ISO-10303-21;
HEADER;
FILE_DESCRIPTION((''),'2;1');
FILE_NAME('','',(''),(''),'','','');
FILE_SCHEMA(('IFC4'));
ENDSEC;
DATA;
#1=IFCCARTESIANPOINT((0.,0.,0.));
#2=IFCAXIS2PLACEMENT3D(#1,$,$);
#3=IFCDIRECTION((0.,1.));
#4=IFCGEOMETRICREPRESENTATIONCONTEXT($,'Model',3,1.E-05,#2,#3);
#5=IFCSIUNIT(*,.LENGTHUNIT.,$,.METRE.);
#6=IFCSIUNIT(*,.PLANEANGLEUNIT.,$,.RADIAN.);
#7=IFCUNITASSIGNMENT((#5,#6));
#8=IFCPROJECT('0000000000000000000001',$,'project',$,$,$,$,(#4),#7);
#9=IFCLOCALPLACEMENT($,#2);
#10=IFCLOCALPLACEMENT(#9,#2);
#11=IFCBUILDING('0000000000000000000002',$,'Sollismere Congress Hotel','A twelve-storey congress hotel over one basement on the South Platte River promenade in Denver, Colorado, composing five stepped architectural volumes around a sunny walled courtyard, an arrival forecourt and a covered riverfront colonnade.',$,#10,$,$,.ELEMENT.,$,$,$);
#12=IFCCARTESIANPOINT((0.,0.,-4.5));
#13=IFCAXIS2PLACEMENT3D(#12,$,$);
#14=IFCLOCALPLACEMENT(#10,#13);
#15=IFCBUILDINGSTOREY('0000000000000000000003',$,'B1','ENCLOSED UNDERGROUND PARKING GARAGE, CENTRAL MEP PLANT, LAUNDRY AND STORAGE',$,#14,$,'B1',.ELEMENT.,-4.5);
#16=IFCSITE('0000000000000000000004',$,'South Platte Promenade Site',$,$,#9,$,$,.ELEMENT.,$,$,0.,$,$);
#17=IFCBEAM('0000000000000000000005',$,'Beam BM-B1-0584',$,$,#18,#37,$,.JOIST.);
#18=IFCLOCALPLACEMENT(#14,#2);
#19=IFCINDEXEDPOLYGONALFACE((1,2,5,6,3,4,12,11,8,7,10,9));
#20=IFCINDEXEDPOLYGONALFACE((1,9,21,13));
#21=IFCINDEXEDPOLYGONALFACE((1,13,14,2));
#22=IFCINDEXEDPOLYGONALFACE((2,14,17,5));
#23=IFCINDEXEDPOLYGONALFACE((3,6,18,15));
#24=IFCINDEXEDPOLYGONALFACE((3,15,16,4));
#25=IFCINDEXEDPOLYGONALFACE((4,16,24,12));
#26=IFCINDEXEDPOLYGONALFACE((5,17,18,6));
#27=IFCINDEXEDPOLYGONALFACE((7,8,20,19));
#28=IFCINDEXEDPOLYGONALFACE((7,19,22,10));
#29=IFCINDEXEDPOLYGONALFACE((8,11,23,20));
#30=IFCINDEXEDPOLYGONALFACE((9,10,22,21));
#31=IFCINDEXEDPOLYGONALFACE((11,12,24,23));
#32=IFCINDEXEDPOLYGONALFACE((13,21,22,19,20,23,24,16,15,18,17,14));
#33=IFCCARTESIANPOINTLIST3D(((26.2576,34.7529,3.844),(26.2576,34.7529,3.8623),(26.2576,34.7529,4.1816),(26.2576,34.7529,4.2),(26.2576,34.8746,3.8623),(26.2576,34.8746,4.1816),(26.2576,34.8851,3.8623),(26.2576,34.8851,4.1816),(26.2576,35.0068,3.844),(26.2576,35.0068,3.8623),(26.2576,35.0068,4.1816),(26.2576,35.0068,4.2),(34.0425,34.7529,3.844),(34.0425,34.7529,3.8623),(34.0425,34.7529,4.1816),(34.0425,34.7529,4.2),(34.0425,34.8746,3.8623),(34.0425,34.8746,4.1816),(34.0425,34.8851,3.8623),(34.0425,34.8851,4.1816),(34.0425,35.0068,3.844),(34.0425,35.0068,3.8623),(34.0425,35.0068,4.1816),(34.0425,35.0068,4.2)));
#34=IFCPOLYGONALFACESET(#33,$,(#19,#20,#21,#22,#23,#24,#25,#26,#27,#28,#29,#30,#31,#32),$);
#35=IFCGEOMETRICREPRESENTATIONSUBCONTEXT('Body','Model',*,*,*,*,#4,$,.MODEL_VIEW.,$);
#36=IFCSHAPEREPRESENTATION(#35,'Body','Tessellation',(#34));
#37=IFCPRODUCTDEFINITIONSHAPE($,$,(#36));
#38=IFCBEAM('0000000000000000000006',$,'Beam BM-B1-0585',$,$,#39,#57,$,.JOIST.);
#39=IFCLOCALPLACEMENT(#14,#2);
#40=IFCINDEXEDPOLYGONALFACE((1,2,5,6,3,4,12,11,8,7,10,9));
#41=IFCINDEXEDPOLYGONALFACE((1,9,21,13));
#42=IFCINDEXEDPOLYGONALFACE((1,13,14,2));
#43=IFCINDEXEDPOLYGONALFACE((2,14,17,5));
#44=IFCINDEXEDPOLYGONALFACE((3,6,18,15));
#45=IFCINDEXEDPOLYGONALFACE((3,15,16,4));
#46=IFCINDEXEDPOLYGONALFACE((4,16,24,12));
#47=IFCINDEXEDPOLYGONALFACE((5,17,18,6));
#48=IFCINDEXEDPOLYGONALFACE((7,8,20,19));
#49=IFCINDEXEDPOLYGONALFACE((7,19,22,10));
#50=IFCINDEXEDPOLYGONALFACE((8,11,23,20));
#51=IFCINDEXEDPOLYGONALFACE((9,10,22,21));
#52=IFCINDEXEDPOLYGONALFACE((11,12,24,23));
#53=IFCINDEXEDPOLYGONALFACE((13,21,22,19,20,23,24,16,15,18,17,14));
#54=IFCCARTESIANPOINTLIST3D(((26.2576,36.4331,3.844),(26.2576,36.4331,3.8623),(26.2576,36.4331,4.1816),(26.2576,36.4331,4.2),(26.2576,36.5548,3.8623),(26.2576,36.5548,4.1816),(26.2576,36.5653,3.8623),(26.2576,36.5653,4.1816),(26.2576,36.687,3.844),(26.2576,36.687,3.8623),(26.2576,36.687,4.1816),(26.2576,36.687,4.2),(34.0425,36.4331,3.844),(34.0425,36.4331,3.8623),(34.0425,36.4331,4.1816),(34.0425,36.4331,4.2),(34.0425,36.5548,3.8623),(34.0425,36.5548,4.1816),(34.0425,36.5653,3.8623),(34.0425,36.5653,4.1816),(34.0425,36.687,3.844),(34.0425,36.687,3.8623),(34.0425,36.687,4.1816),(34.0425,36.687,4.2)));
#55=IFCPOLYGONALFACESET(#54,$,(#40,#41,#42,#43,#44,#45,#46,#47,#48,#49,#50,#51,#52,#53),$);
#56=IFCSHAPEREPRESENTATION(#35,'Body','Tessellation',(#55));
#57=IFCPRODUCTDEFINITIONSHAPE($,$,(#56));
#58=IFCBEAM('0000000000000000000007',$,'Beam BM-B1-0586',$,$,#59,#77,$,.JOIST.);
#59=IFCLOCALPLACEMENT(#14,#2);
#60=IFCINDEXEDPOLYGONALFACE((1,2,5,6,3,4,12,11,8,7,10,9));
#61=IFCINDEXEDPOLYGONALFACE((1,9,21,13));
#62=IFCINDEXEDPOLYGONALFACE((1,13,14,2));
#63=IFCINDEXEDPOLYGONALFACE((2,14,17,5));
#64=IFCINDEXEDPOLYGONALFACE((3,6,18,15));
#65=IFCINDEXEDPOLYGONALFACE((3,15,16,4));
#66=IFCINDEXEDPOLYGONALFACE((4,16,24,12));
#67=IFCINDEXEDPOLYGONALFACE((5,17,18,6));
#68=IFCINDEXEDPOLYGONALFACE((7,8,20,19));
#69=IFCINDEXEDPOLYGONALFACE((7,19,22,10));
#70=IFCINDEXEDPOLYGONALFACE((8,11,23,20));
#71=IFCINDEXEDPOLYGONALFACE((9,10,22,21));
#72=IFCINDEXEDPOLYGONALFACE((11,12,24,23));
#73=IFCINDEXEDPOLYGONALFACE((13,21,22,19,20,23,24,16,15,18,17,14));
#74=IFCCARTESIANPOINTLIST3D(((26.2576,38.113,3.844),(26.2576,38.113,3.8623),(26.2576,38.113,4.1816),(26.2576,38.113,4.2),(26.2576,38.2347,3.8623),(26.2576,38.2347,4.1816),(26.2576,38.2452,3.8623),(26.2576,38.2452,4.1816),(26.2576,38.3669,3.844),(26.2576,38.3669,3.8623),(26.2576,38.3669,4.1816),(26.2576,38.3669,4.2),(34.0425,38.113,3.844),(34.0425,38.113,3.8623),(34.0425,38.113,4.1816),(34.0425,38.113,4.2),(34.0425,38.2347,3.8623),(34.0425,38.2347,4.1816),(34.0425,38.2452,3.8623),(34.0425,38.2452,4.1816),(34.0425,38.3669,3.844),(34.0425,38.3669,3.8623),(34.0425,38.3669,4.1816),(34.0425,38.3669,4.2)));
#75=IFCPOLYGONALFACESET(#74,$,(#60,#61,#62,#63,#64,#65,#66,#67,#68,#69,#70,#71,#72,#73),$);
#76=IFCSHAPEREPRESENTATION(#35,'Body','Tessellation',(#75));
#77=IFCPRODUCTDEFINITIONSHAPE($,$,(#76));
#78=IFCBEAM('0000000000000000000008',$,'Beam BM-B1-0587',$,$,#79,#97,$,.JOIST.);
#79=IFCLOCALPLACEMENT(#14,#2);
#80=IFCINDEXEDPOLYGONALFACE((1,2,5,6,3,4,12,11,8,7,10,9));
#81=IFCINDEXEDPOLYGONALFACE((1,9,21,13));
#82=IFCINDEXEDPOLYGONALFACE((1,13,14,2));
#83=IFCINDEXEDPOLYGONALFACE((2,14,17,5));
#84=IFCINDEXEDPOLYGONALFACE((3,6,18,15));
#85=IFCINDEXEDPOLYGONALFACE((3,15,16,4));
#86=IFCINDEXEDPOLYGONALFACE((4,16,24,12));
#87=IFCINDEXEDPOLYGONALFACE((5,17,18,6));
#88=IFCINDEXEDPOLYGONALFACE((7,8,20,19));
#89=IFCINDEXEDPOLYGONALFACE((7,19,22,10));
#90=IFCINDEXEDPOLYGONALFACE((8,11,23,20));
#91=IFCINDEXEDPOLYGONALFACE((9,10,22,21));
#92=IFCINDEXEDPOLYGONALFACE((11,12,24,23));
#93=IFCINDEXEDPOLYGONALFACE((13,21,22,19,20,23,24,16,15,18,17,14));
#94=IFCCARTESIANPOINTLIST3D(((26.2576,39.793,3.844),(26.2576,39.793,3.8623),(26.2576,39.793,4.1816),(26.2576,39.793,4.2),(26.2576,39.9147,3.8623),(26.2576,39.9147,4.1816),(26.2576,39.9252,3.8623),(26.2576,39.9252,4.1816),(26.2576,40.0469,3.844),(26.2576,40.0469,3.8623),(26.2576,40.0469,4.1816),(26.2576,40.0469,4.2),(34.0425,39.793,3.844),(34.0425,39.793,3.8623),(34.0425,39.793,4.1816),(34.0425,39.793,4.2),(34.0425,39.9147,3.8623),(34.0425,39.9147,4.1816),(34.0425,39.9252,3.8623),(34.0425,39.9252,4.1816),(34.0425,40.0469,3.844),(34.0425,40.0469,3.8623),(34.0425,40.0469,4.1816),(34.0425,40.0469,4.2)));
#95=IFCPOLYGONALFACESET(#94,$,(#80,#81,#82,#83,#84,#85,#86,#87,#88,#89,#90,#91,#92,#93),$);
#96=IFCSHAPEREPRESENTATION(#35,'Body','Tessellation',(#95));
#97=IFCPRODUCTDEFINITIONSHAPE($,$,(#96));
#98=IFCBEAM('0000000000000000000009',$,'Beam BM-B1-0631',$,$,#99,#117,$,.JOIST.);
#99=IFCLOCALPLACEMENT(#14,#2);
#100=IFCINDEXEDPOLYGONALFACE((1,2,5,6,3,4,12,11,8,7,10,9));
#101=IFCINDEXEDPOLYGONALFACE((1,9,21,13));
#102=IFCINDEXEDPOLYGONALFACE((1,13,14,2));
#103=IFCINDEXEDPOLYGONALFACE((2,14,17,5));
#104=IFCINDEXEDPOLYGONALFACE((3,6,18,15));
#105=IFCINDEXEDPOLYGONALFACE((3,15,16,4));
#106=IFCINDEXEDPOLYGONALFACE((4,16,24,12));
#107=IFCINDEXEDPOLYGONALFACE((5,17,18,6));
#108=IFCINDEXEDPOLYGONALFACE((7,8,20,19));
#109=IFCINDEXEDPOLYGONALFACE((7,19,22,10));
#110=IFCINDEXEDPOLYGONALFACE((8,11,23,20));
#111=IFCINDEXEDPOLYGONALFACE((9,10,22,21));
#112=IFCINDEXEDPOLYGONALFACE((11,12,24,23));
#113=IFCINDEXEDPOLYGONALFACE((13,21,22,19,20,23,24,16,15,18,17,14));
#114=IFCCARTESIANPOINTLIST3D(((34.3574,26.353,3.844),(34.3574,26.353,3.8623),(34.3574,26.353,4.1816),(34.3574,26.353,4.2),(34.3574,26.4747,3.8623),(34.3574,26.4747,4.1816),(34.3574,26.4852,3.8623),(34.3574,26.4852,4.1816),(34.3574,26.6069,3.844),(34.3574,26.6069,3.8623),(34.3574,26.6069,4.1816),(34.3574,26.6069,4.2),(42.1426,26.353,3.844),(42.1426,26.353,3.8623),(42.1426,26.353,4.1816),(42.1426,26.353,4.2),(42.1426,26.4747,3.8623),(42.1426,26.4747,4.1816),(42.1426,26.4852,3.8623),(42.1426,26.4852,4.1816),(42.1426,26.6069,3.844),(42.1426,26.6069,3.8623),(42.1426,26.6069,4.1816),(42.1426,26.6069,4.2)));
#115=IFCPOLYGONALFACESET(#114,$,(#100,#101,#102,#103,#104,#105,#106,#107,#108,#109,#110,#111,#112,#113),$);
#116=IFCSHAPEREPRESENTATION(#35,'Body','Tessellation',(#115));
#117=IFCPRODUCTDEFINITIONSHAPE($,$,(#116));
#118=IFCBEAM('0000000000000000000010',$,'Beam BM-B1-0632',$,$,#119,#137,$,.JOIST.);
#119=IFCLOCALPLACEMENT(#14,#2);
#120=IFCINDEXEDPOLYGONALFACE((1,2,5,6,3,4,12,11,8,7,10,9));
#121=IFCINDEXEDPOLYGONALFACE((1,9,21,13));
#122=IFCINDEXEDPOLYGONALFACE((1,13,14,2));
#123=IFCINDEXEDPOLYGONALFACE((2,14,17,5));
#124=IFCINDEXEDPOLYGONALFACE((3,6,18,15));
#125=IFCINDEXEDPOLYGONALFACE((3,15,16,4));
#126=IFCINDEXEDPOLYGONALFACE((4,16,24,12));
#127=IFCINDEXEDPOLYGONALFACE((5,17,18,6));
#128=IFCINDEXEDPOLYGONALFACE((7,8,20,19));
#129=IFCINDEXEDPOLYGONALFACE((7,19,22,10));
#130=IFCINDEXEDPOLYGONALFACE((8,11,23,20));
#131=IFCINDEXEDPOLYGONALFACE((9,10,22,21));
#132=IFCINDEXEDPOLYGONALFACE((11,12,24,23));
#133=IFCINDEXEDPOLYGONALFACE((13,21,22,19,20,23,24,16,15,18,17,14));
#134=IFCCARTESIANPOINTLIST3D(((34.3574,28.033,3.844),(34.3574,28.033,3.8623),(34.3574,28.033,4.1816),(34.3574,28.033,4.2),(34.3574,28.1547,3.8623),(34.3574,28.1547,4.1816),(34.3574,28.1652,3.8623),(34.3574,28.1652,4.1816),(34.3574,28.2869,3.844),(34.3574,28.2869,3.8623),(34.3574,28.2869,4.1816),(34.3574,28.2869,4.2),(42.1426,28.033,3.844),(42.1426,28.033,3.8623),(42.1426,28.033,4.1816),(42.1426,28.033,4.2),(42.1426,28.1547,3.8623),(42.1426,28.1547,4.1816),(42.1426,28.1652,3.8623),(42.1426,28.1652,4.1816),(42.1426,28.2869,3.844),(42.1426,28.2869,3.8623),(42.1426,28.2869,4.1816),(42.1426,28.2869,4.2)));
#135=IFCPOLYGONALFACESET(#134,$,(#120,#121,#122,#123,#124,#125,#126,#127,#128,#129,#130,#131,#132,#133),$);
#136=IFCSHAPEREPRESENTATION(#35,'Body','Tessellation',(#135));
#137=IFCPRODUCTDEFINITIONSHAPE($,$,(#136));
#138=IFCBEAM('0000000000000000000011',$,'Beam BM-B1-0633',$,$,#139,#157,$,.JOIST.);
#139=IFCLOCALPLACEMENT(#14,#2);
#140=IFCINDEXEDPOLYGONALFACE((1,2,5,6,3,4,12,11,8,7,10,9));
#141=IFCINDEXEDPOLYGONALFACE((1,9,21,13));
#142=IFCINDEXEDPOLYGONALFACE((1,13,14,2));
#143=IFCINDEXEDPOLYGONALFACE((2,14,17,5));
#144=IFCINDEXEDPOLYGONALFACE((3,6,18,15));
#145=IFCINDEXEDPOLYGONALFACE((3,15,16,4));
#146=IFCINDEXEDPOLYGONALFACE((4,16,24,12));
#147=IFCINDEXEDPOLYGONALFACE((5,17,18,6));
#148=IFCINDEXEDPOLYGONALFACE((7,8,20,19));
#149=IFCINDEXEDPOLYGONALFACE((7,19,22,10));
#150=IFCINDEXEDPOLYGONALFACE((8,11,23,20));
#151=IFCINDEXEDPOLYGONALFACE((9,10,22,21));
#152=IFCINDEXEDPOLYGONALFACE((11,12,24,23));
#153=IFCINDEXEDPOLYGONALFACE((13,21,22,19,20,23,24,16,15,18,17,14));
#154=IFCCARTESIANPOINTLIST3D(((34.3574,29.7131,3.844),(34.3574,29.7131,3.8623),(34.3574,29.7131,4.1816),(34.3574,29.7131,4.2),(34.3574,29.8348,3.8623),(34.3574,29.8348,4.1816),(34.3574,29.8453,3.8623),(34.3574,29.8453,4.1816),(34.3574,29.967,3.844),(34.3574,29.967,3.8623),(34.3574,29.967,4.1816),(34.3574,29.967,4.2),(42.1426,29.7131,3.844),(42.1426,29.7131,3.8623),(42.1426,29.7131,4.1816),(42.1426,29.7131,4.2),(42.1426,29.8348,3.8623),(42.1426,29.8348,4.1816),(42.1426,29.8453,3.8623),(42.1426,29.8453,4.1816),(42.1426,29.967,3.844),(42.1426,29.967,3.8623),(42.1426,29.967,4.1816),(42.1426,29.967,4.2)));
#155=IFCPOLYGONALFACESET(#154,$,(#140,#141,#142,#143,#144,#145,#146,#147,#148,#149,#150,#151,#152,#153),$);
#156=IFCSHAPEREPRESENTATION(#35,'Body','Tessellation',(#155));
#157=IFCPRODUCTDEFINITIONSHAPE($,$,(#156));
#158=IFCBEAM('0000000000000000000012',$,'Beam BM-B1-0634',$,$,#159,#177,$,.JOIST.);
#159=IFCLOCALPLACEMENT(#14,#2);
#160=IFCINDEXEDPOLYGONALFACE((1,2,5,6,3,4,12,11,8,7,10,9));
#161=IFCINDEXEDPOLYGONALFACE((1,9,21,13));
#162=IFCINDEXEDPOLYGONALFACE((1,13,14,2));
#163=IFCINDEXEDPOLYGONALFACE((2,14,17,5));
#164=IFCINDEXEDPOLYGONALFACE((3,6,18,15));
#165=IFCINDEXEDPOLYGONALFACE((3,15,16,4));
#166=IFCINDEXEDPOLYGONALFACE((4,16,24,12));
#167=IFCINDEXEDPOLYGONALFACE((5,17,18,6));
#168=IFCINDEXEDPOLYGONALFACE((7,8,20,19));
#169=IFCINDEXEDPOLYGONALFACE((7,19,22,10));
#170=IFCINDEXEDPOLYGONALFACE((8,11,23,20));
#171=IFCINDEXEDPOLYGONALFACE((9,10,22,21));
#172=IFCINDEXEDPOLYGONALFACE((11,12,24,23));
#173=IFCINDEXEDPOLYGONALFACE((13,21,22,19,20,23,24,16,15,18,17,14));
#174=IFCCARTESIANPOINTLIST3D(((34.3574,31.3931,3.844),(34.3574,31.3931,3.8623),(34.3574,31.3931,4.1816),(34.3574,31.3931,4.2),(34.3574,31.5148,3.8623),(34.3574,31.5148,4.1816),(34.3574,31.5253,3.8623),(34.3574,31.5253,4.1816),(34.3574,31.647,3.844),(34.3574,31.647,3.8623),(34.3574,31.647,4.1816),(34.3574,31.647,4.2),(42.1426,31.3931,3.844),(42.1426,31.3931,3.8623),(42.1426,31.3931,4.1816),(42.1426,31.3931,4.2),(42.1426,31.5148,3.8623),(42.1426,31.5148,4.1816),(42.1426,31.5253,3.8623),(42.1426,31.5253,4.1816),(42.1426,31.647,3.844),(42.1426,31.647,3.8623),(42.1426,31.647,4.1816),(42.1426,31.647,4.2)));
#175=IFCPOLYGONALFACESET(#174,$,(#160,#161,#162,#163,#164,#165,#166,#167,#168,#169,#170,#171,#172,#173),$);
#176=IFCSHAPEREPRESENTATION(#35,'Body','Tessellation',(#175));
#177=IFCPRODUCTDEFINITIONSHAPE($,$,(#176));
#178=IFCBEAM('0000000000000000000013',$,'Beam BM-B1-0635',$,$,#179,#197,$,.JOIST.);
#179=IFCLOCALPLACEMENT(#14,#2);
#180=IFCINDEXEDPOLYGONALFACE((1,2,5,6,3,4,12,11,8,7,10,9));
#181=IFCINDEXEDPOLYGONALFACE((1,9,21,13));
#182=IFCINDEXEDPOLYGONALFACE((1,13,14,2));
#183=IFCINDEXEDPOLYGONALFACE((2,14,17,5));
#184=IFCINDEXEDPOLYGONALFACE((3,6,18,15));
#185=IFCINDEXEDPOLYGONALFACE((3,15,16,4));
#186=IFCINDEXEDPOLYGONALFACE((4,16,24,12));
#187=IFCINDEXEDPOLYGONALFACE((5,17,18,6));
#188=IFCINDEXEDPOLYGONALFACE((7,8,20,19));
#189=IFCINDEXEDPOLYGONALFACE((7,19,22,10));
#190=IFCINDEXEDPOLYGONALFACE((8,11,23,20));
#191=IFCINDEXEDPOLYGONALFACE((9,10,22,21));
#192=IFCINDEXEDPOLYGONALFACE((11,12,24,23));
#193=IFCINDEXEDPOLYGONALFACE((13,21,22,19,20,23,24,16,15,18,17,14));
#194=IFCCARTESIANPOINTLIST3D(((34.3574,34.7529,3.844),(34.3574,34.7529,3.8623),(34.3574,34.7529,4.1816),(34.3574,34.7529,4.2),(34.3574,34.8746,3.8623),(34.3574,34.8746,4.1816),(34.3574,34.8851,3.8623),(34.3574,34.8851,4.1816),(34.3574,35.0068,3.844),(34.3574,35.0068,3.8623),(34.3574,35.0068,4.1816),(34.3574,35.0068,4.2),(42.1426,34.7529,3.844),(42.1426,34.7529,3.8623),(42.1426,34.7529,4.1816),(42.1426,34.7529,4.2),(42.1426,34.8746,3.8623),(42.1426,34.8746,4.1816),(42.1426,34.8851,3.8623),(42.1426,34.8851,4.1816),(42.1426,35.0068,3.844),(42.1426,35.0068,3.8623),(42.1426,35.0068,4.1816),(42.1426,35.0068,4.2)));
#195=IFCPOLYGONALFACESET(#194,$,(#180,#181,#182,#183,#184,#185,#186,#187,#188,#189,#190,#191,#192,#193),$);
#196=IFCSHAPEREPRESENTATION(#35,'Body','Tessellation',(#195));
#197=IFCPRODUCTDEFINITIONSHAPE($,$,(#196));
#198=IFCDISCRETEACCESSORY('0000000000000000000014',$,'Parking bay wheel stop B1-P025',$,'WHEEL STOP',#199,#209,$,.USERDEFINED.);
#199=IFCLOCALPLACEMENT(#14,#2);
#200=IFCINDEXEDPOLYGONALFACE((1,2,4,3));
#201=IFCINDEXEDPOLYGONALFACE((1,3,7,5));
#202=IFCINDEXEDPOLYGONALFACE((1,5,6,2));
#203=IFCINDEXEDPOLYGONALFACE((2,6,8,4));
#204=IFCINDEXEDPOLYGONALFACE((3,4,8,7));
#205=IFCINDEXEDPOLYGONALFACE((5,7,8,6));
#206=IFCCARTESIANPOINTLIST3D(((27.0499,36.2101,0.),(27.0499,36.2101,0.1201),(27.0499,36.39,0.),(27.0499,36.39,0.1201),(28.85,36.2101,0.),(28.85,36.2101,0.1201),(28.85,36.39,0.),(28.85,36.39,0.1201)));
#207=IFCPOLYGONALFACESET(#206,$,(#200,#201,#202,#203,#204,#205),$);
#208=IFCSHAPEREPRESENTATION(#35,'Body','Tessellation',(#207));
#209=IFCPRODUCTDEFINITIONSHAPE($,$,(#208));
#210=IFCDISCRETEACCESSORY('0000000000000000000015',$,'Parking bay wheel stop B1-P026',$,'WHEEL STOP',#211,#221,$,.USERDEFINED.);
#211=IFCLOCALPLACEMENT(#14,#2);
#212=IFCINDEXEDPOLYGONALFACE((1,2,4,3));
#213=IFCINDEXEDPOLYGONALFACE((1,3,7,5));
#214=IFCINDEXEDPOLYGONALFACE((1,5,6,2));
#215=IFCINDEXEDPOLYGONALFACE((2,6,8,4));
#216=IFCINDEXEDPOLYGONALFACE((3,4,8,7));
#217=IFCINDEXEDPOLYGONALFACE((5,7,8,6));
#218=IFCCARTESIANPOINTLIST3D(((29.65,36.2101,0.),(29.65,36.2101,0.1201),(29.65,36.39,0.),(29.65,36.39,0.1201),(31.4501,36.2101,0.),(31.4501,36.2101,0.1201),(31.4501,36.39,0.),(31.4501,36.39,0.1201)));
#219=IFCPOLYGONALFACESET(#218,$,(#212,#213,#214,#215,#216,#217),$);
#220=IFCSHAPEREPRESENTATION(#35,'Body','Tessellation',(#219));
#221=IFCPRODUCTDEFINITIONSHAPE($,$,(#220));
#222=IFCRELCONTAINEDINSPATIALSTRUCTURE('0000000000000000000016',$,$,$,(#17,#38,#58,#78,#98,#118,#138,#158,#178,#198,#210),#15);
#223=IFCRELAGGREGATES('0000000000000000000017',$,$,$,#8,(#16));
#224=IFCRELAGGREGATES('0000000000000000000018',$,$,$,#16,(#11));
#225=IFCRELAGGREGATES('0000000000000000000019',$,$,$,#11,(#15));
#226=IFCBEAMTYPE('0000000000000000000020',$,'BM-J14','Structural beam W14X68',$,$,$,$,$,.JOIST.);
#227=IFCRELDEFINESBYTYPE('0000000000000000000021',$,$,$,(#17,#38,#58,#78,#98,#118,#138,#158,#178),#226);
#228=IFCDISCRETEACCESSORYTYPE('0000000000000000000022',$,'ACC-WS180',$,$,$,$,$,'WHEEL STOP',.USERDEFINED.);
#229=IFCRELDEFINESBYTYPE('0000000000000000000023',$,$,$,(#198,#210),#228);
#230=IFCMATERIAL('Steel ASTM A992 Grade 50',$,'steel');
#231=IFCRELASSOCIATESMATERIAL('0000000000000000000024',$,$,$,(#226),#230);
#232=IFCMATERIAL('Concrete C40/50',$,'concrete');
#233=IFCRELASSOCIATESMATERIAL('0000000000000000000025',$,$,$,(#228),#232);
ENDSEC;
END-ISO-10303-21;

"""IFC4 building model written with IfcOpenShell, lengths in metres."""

from ifc_helpers import new_model, si_unit, direction, frame, origin, origin_2d, place, context, subcontext, project, spatial, rectangle, i_section, extrude, material, material_profile, profile_set, type_object, element, save


model = new_model("IFC4")

# Units and contexts
model_context = context("Model", 3, precision=1e-05, world=origin(), true_north=direction((0.0, 1.0)))
body_context = subcontext(model_context, "Body", "Model", "MODEL_VIEW")
ifc_project = project(units=[si_unit("LENGTHUNIT", "METRE"), si_unit("PLANEANGLEUNIT", "RADIAN")], contexts=[model_context])

# Site, building, storey
site_placement = place(None, origin())
site = spatial("IfcSite", under=ifc_project, at=site_placement, Name="South Platte Promenade Site", CompositionType="ELEMENT", RefElevation=0.0)
building_placement = place(site_placement, origin())
building = spatial("IfcBuilding", under=site, at=building_placement, Name="Sollismere Congress Hotel", Description="A twelve-storey congress hotel over one basement on the South Platte River promenade in Denver, Colorado, composing five stepped architectural volumes around a sunny walled courtyard, an arrival forecourt and a covered riverfront colonnade.", CompositionType="ELEMENT")
storey_placement = place(building_placement, frame((0.0, 0.0, -4.5)))
storey = spatial("IfcBuildingStorey", under=building, at=storey_placement, Name="B1", Description="ENCLOSED UNDERGROUND PARKING GARAGE, CENTRAL MEP PLANT, LAUNDRY AND STORAGE", LongName="B1", CompositionType="ELEMENT", Elevation=-4.5)

# Shared definitions
ifc_material_1 = material(Name="Concrete C40/50", Category="concrete")

# Beams
ifc_material_2 = material(Name="Steel ASTM A992 Grade 50", Category="steel")
ifc_material_profile_1 = material_profile(ifc_material_2, i_section(OverallWidth=0.2539, OverallDepth=0.356, WebThickness=0.0105, FlangeThickness=0.0183, at=origin_2d()), Name="W14X68")
ifc_profile_set_1 = profile_set([ifc_material_profile_1], Name="Steel ASTM A992 Grade 50")
beam_type_1 = type_object("IfcBeamType", Name="BM-J14", Description="Structural beam W14X68", PredefinedType="JOIST", material=ifc_profile_set_1)
for number, where, z_axis, x_axis, name in (
    (1, (26.2576, 34.8799, 4.022), (1.0, 0.0, 0.0), (0.0, 1.0, 0.0), "Beam BM-B1-0584"),
    (2, (26.2576, 36.5601, 4.022), (1.0, 0.0, 0.0), (0.0, 1.0, 0.0), "Beam BM-B1-0585"),
    (3, (26.2576, 38.24, 4.022), (1.0, 0.0, 0.0), (0.0, 1.0, 0.0), "Beam BM-B1-0586"),
    (4, (26.2576, 39.9199, 4.022), (1.0, 0.0, 0.0), (0.0, 1.0, 0.0), "Beam BM-B1-0587"),
):
    element("IfcBeam", number, at=place(storey_placement, frame(where, z_axis=z_axis, x_axis=x_axis)), inside=storey, type_object=beam_type_1, Name=name, PredefinedType="JOIST", context=body_context, shape_type="SweptSolid", body=[
        extrude(i_section(OverallWidth=0.2539, OverallDepth=0.356, WebThickness=0.0105, FlangeThickness=0.0183, at=origin_2d()), origin(), (0.0, 0.0, 1.0), 7.7849),
    ])
for number, where, z_axis, x_axis, name in (
    (5, (34.3574, 26.48, 4.022), (1.0, 0.0, 0.0), (0.0, 1.0, 0.0), "Beam BM-B1-0631"),
    (6, (34.3574, 28.1599, 4.022), (1.0, 0.0, 0.0), (0.0, 1.0, 0.0), "Beam BM-B1-0632"),
    (7, (34.3574, 29.8401, 4.022), (1.0, 0.0, 0.0), (0.0, 1.0, 0.0), "Beam BM-B1-0633"),
    (8, (34.3574, 31.52, 4.022), (1.0, 0.0, 0.0), (0.0, 1.0, 0.0), "Beam BM-B1-0634"),
    (9, (34.3574, 34.8799, 4.022), (1.0, 0.0, 0.0), (0.0, 1.0, 0.0), "Beam BM-B1-0635"),
):
    element("IfcBeam", number, at=place(storey_placement, frame(where, z_axis=z_axis, x_axis=x_axis)), inside=storey, type_object=beam_type_1, Name=name, PredefinedType="JOIST", context=body_context, shape_type="SweptSolid", body=[
        extrude(i_section(OverallWidth=0.2539, OverallDepth=0.356, WebThickness=0.0105, FlangeThickness=0.0183, at=origin_2d()), origin(), (0.0, 0.0, 1.0), 7.7852),
    ])

# Discrete accessories
discrete_accessory_type = type_object("IfcDiscreteAccessoryType", Name="ACC-WS180", ElementType="WHEEL STOP", PredefinedType="USERDEFINED", material=ifc_material_1)
for number, where, z_axis, x_axis, name in (
    (10, (27.95, 36.3, 0.0), (0.0, 0.0, 1.0), (1.0, 0.0, 0.0), "Parking bay wheel stop B1-P025"),
    (11, (30.55, 36.3, 0.0), (0.0, 0.0, 1.0), (1.0, 0.0, 0.0), "Parking bay wheel stop B1-P026"),
):
    element("IfcDiscreteAccessory", number, at=place(storey_placement, frame(where, z_axis=z_axis, x_axis=x_axis)), inside=storey, type_object=discrete_accessory_type, Name=name, ObjectType="WHEEL STOP", PredefinedType="USERDEFINED", context=body_context, shape_type="SweptSolid", body=[
        extrude(rectangle(XDim=1.8, YDim=0.1799, at=origin_2d()), origin(), (0.0, 0.0, 1.0), 0.1201),
    ])

save(model, "model.ifc")
